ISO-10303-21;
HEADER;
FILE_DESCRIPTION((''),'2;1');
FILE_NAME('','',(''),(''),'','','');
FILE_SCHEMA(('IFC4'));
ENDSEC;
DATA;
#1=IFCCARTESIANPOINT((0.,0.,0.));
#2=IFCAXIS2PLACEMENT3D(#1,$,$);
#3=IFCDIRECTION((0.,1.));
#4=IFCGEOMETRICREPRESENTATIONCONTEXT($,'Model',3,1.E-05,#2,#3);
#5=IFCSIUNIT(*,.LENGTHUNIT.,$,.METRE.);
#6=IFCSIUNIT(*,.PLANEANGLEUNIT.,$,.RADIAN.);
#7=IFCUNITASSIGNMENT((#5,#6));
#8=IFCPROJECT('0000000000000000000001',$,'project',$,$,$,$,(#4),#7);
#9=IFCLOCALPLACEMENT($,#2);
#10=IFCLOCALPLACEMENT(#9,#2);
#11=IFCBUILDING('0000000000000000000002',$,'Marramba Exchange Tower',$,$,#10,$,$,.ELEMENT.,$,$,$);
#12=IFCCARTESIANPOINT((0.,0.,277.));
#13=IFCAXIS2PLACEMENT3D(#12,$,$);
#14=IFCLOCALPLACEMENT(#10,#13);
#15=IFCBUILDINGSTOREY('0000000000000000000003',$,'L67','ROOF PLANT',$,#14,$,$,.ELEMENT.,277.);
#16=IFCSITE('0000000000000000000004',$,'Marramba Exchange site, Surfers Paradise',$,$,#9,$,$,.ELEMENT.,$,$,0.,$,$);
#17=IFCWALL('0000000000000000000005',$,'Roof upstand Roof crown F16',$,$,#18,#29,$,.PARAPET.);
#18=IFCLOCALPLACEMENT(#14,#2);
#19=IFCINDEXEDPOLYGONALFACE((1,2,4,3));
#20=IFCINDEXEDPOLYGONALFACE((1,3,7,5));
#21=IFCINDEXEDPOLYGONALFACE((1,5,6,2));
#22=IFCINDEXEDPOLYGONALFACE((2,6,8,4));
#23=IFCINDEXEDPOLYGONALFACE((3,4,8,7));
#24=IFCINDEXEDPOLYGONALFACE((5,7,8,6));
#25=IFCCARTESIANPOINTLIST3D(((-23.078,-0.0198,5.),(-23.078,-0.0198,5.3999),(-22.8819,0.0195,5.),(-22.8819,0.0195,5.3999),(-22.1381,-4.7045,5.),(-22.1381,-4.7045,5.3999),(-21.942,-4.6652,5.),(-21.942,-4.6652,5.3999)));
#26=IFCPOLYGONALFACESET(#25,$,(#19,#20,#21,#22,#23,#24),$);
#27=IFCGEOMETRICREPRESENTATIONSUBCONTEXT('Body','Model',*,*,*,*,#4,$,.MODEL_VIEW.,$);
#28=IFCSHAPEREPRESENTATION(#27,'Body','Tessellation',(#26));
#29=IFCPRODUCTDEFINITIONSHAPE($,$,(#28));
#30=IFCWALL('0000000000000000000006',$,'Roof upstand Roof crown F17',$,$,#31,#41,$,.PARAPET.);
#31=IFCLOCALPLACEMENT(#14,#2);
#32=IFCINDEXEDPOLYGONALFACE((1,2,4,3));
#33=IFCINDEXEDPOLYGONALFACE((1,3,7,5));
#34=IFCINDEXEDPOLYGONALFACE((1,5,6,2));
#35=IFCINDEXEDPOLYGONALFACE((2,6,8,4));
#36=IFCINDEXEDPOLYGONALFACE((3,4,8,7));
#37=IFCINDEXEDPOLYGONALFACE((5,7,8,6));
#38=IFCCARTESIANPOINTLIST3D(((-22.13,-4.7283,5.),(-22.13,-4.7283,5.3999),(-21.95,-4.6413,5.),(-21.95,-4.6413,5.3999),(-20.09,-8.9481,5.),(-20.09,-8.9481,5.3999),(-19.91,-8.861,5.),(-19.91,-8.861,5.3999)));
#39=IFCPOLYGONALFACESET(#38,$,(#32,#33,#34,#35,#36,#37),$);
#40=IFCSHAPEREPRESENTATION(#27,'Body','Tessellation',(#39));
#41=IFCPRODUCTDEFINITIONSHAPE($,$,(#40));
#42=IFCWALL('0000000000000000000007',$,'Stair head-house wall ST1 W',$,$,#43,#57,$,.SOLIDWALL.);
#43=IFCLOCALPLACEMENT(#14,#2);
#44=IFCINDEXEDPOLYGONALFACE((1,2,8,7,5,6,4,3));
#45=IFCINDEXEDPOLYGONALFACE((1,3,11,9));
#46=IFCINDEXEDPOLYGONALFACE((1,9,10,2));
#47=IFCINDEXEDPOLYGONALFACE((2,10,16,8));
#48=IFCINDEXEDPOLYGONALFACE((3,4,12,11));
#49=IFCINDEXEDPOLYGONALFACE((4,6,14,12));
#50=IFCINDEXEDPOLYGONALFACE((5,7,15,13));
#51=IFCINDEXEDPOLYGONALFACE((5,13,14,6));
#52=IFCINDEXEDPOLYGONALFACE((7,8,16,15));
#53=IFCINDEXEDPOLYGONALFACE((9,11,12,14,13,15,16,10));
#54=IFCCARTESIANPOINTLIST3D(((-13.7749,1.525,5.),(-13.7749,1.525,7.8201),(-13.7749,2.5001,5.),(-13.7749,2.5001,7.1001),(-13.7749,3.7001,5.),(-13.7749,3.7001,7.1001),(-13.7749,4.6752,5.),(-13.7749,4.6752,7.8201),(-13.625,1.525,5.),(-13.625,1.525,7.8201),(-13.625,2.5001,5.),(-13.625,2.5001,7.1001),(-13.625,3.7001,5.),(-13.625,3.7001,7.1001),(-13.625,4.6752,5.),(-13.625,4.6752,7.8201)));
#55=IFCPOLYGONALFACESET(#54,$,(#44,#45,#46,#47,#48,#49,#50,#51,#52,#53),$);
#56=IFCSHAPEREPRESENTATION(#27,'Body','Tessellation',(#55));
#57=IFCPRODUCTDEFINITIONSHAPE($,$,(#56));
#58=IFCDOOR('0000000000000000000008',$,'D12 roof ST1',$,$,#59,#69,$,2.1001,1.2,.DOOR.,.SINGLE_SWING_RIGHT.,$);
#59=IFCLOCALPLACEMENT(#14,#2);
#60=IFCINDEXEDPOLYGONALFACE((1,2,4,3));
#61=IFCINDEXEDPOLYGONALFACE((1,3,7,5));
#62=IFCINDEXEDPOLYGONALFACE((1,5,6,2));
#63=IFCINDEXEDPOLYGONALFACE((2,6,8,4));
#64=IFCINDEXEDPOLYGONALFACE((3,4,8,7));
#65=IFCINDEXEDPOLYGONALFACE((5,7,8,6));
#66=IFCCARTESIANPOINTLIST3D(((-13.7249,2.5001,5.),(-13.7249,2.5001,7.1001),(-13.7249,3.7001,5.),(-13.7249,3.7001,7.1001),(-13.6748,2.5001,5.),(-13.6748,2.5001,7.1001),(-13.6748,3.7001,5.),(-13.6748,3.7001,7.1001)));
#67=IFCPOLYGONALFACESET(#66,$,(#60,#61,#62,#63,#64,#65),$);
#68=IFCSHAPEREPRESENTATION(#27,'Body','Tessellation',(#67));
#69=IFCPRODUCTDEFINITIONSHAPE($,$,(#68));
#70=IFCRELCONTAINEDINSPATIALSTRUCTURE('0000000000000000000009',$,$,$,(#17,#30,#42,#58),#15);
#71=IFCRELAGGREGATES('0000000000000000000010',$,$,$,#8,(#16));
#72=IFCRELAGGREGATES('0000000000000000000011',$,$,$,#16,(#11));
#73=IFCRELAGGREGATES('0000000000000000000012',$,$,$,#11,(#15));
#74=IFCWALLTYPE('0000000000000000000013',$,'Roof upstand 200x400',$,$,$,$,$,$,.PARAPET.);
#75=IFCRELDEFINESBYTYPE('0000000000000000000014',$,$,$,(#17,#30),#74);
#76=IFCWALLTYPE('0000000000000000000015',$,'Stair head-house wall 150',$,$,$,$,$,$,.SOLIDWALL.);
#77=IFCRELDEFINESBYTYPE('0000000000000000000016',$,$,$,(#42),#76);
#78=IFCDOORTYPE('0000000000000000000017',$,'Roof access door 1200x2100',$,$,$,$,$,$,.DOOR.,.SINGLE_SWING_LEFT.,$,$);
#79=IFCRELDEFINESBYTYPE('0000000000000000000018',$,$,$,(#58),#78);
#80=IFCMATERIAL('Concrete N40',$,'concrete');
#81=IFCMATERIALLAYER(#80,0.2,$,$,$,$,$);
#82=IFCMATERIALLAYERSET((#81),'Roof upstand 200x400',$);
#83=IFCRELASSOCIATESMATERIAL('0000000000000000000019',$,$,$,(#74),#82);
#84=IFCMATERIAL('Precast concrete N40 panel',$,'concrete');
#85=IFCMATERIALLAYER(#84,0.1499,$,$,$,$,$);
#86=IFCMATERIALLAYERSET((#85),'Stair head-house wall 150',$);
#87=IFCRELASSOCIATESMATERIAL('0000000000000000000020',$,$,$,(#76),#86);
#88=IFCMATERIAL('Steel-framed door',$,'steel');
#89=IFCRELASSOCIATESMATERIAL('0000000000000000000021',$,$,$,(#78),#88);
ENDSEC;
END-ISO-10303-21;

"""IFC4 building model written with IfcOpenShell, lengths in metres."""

from ifc_helpers import new_model, si_unit, direction, frame, frame_2d, origin, place, context, subcontext, project, spatial, rectangle, extrude, material, layer, layer_set, type_object, element, fill, save


model = new_model("IFC4")

# Units and contexts
model_context = context("Model", 3, precision=1e-05, world=origin(), true_north=direction((0.0, 1.0)))
body_context = subcontext(model_context, "Body", "Model", "MODEL_VIEW")
ifc_project = project(units=[si_unit("LENGTHUNIT", "METRE"), si_unit("PLANEANGLEUNIT", "RADIAN")], contexts=[model_context])

# Site, building, storey
site_placement = place(None, origin())
site = spatial("IfcSite", under=ifc_project, at=site_placement, Name="Marramba Exchange site, Surfers Paradise", CompositionType="ELEMENT", RefElevation=0.0)
building_placement = place(site_placement, origin())
building = spatial("IfcBuilding", under=site, at=building_placement, Name="Marramba Exchange Tower", CompositionType="ELEMENT")
storey_placement = place(building_placement, frame((0.0, 0.0, 277.0)))
storey = spatial("IfcBuildingStorey", under=building, at=storey_placement, Name="L67", Description="ROOF PLANT", CompositionType="ELEMENT", Elevation=277.0)

# Shared definitions
ifc_material_1 = material(Name="Steel-framed door", Category="steel")

# Walls
ifc_material_2 = material(Name="Concrete N40", Category="concrete")
ifc_layer_1 = layer(ifc_material_2, 0.2)
ifc_layer_set_1 = layer_set([ifc_layer_1], Name="Roof upstand 200x400")
wall_type_1 = type_object("IfcWallType", Name="Roof upstand 200x400", PredefinedType="PARAPET", material=ifc_layer_set_1)
wall_1_placement = place(storey_placement, frame((-22.98, 0.0, 5.0), z_axis=(0.0, 0.0, 1.0), x_axis=(0.196715, -0.980461, 0.0)))
element("IfcWall", 1, at=wall_1_placement, inside=storey, type_object=wall_type_1, Name="Roof upstand Roof crown F16", PredefinedType="PARAPET", context=body_context, shape_type="SweptSolid", body=[
    extrude(rectangle(XDim=4.7781, YDim=0.2, at=frame_2d((2.3892, 0.0))), origin(), (0.0, 0.0, 1.0), 0.3999),
])
wall_2_placement = place(storey_placement, frame((-22.04, -4.6848, 5.0), z_axis=(0.0, 0.0, 1.0), x_axis=(0.435256, -0.900307, 0.0)))
element("IfcWall", 2, at=wall_2_placement, inside=storey, type_object=wall_type_1, Name="Roof upstand Roof crown F17", PredefinedType="PARAPET", context=body_context, shape_type="SweptSolid", body=[
    extrude(rectangle(XDim=4.687, YDim=0.2, at=frame_2d((2.3435, 0.0))), origin(), (0.0, 0.0, 1.0), 0.3999),
])

# Wall, opening, door
ifc_material_3 = material(Name="Precast concrete N40 panel", Category="concrete")
ifc_layer_2 = layer(ifc_material_3, 0.1499)
ifc_layer_set_2 = layer_set([ifc_layer_2], Name="Stair head-house wall 150")
wall_type_2 = type_object("IfcWallType", Name="Stair head-house wall 150", PredefinedType="SOLIDWALL", material=ifc_layer_set_2)
wall_3_placement = place(storey_placement, frame((-13.7, 1.5249, 5.0), z_axis=(0.0, 0.0, 1.0), x_axis=(0.0, 1.0, 0.0)))
wall_3 = element("IfcWall", 3, at=wall_3_placement, inside=storey, type_object=wall_type_2, Name="Stair head-house wall ST1 W", PredefinedType="SOLIDWALL", context=body_context, shape_type="SweptSolid", body=[
    extrude(rectangle(XDim=3.1501, YDim=0.1499, at=frame_2d((1.5752, 0.0))), origin(), (0.0, 0.0, 1.0), 2.8201),
])
opening_1_placement = place(wall_3_placement, frame((0.9751, 0.0, 0.0)))
opening_1 = element("IfcOpeningElement", 4, at=opening_1_placement, cuts=wall_3, PredefinedType="OPENING", context=body_context, shape_type="SweptSolid", body=[
    extrude(rectangle(XDim=1.2, YDim=2.1001, at=frame_2d((0.6001, 1.05))), frame((0.0, 0.085, 0.0), z_axis=(0.0, -1.0, 0.0), x_axis=(1.0, 0.0, 0.0)), (0.0, 0.0, 1.0), 0.1699),
])
door_type_1 = type_object("IfcDoorType", Name="Roof access door 1200x2100", OperationType="SINGLE_SWING_LEFT", PredefinedType="DOOR", material=ifc_material_1)
door_1_placement = place(opening_1_placement, origin())
door_1 = element("IfcDoor", 5, at=door_1_placement, inside=storey, type_object=door_type_1, Name="D12 roof ST1", OperationType="SINGLE_SWING_RIGHT", OverallHeight=2.1001, OverallWidth=1.2, PredefinedType="DOOR", context=body_context, shape_type="SweptSolid", body=[
    extrude(rectangle(XDim=1.2, YDim=2.1001, at=frame_2d((0.6001, 1.05))), frame((0.0, 0.0249, 0.0), z_axis=(0.0, -1.0, 0.0), x_axis=(1.0, 0.0, 0.0)), (0.0, 0.0, 1.0), 0.05),
])
fill(opening_1, door_1)

save(model, "model.ifc")
